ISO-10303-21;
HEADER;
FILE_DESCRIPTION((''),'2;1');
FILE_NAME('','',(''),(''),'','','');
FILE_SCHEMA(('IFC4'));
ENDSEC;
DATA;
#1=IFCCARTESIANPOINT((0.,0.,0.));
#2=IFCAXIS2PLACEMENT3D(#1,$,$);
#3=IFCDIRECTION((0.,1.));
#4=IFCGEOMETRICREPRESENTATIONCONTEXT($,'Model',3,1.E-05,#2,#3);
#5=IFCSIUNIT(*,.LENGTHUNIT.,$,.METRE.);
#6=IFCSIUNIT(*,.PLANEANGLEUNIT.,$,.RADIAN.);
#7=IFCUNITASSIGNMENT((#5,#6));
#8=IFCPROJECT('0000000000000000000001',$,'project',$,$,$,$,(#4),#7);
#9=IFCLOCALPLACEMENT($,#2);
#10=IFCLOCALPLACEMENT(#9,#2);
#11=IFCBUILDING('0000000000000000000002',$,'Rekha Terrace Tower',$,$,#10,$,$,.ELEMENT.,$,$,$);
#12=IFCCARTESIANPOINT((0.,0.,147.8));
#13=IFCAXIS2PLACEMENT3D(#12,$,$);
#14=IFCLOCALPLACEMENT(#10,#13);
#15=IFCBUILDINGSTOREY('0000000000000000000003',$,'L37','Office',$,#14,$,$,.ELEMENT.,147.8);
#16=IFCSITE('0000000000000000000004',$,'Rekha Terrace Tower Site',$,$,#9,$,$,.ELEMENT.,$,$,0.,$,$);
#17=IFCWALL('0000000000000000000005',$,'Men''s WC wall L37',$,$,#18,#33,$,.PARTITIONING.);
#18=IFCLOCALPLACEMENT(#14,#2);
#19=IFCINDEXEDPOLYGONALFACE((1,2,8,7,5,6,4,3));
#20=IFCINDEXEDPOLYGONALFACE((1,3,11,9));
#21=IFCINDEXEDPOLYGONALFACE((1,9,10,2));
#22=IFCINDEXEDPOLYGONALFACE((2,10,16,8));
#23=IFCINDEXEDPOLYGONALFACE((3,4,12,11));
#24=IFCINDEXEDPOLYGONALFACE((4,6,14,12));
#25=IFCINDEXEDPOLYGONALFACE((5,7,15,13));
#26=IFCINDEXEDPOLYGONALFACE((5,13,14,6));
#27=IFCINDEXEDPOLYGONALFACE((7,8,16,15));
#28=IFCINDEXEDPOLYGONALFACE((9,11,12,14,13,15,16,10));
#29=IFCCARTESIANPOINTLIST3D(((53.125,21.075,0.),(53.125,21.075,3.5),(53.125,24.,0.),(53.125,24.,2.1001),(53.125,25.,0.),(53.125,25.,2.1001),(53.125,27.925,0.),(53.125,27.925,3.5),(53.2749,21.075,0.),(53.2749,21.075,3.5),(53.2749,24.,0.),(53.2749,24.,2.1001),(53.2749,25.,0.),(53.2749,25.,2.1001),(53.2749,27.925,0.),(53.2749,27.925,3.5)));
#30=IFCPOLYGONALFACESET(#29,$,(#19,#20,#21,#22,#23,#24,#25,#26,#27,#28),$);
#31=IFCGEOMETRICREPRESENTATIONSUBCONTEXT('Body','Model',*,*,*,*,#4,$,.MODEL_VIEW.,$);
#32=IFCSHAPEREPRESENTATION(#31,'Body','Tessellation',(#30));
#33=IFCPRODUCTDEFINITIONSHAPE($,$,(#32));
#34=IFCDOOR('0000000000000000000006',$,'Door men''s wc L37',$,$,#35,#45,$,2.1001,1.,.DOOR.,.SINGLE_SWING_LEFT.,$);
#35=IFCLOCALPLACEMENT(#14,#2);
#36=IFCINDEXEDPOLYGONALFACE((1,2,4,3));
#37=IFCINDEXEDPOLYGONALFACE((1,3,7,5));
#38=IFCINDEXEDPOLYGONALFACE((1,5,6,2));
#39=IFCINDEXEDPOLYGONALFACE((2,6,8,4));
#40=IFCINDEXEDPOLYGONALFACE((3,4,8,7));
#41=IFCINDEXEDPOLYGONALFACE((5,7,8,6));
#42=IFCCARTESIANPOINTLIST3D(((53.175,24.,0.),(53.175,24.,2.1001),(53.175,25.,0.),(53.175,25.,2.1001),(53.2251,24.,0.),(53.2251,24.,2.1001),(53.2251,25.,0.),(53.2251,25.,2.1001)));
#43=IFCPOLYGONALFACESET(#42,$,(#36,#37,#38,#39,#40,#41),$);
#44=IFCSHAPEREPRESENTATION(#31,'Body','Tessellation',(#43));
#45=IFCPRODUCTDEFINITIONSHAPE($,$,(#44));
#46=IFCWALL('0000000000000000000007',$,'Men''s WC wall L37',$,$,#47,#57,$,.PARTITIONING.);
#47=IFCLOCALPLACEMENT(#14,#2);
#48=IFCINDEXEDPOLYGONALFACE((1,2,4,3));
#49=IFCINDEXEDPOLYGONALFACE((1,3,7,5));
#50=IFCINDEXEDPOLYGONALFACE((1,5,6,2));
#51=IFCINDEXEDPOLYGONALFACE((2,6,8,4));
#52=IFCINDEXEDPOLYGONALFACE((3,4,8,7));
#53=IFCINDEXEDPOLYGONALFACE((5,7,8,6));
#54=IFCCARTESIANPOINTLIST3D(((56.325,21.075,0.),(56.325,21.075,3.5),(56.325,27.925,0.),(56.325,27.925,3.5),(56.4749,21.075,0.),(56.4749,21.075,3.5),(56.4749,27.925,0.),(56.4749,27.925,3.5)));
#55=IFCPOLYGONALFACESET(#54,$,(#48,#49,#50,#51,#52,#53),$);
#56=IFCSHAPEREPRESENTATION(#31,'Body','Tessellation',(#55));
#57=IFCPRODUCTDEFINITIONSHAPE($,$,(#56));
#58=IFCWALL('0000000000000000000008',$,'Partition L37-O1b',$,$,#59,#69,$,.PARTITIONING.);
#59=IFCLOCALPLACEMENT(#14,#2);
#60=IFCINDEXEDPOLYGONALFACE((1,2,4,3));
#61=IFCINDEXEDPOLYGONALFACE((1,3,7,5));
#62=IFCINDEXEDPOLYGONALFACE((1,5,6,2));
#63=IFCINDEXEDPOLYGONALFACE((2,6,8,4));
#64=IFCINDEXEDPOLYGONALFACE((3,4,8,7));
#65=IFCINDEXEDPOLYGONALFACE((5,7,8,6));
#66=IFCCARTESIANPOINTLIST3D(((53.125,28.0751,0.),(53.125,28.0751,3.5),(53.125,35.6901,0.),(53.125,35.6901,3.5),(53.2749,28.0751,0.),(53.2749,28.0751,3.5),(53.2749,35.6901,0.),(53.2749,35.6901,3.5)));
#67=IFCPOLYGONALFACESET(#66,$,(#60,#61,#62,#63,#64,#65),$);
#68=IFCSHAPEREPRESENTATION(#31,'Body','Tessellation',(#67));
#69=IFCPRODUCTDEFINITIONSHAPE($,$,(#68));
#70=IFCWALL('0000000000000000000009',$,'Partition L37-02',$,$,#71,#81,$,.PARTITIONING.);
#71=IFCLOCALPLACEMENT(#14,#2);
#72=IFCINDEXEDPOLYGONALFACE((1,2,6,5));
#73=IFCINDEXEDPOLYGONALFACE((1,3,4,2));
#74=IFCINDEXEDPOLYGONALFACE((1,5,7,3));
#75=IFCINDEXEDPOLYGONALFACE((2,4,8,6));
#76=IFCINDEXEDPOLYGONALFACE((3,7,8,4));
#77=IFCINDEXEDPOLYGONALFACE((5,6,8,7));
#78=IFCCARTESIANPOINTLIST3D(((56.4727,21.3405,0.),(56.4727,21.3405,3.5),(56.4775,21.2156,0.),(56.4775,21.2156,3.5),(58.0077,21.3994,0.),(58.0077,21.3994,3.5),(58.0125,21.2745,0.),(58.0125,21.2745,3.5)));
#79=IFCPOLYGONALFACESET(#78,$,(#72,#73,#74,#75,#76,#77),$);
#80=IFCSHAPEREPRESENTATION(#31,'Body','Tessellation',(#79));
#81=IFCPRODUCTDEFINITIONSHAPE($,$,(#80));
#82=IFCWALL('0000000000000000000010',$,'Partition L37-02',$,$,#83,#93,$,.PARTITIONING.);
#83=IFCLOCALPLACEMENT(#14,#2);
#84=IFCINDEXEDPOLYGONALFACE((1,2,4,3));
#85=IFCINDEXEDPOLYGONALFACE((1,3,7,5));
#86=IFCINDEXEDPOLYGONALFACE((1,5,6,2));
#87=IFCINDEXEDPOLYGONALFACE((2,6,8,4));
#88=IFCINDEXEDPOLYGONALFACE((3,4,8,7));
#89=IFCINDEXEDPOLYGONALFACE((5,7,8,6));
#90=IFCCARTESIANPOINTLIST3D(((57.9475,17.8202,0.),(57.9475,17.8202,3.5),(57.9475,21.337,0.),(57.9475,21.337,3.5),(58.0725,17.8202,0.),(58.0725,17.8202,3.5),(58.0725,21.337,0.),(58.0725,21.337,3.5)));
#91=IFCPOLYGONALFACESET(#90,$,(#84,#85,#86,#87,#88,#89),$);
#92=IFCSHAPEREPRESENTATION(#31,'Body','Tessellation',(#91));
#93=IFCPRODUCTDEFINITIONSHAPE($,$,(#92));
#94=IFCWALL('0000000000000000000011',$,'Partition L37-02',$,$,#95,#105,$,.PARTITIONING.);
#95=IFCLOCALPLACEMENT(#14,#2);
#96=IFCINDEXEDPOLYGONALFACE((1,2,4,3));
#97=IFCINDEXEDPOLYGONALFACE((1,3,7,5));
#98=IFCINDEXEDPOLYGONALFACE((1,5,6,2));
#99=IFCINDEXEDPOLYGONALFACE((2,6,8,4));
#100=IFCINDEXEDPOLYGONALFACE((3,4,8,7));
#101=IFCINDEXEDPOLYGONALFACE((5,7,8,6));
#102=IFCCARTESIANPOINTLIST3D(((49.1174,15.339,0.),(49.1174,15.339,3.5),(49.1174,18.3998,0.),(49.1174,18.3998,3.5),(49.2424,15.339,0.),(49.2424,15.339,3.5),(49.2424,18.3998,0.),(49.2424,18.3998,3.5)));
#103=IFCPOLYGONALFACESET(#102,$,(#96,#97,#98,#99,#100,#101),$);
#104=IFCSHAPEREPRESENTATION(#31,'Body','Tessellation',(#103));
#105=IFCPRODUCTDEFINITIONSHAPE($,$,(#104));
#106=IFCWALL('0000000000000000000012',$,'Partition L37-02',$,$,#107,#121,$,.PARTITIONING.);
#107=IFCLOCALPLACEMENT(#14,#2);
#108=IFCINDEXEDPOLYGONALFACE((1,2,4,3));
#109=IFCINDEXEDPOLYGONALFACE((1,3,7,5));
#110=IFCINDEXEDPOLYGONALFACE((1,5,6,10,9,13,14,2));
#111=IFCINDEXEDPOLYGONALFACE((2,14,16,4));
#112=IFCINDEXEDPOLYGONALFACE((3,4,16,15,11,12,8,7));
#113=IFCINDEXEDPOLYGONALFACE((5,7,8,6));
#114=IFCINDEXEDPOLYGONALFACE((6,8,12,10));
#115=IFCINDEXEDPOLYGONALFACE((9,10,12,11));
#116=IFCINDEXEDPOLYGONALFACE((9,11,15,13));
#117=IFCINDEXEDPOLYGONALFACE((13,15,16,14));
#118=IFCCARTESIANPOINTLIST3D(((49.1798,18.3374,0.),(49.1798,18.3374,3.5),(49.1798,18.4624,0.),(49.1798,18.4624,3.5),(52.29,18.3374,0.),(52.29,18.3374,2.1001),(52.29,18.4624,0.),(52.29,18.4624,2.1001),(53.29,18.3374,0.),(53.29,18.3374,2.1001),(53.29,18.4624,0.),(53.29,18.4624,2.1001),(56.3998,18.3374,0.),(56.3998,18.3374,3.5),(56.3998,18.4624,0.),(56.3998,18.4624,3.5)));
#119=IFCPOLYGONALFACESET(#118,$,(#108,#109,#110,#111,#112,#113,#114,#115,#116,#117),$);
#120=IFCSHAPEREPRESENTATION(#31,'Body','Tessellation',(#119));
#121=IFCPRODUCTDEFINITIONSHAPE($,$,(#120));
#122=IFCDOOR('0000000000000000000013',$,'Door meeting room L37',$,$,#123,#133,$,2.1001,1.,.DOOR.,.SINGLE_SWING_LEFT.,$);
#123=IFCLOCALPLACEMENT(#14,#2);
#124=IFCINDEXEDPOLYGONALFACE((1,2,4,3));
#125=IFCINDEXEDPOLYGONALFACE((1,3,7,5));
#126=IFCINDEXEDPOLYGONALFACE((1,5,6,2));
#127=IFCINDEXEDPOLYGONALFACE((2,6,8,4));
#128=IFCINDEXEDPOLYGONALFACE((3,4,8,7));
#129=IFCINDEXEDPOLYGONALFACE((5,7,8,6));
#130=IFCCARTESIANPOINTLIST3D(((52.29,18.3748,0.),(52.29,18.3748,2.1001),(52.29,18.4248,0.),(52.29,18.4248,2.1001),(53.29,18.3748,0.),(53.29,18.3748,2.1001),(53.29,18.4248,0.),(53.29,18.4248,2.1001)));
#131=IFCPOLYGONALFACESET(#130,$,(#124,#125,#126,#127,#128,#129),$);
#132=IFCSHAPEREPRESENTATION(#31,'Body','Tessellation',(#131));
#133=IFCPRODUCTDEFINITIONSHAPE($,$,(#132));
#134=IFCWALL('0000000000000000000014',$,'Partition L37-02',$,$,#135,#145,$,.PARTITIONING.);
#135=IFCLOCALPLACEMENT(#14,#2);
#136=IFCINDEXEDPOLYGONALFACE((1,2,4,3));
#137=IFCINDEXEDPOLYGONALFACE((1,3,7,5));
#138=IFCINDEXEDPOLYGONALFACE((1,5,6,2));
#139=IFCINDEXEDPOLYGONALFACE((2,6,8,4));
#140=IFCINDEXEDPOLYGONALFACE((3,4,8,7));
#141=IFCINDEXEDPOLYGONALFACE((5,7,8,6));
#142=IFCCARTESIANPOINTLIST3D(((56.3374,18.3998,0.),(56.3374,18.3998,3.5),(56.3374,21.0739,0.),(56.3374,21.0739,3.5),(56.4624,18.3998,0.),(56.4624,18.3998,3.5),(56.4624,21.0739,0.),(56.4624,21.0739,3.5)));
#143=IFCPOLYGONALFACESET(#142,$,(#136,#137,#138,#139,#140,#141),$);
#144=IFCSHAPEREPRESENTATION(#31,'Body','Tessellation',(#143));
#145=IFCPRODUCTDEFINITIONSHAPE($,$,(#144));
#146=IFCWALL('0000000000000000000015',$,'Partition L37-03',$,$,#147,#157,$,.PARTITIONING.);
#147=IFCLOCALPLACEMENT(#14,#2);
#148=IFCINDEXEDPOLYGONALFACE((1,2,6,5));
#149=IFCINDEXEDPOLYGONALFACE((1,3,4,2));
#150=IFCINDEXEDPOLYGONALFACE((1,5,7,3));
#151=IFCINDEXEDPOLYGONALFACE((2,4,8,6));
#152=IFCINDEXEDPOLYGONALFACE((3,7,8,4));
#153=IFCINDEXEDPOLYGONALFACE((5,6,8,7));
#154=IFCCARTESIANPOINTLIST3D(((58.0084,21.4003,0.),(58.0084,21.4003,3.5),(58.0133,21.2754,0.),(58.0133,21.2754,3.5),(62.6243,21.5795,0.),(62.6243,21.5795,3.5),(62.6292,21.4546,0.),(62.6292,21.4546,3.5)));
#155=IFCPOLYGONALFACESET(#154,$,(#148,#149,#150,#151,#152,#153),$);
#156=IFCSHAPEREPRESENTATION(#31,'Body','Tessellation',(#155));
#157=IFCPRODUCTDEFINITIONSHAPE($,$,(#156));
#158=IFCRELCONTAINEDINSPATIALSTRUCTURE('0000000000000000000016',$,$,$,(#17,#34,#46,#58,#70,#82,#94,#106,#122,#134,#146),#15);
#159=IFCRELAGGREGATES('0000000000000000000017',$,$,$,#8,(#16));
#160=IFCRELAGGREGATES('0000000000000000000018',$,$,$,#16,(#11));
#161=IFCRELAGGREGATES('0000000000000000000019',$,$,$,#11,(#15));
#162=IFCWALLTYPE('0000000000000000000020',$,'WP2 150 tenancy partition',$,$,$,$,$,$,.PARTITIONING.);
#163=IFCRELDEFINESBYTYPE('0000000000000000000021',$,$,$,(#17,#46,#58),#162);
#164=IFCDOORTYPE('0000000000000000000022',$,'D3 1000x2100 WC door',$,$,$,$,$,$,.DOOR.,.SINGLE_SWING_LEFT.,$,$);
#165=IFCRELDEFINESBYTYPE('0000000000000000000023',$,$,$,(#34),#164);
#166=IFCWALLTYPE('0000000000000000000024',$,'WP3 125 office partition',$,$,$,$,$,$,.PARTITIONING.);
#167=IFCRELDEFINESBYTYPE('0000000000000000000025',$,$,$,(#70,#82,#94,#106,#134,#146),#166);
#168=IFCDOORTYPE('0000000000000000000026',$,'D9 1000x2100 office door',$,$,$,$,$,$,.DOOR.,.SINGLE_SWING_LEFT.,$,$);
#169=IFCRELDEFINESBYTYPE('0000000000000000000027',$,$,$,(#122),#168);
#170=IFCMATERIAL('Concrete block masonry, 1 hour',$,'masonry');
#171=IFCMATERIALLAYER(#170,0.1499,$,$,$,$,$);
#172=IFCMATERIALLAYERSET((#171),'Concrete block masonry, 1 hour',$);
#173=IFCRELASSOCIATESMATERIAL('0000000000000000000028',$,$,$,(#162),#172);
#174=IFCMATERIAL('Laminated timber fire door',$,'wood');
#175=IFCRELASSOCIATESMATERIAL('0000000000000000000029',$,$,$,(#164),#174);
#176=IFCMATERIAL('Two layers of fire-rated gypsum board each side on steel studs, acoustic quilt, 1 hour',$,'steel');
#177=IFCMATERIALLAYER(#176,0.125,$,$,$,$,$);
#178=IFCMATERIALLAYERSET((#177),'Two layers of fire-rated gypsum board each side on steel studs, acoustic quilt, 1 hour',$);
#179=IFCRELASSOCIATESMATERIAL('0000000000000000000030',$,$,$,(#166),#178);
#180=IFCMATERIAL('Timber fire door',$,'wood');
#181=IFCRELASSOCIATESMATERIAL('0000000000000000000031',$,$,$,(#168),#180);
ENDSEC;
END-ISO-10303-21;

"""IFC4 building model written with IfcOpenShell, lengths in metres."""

from ifc_helpers import new_model, si_unit, direction, frame, frame_2d, origin, place, context, subcontext, project, spatial, rectangle, extrude, material, layer, layer_set, type_object, element, fill, save


model = new_model("IFC4")

# Units and contexts
model_context = context("Model", 3, precision=1e-05, world=origin(), true_north=direction((0.0, 1.0)))
body_context = subcontext(model_context, "Body", "Model", "MODEL_VIEW")
ifc_project = project(units=[si_unit("LENGTHUNIT", "METRE"), si_unit("PLANEANGLEUNIT", "RADIAN")], contexts=[model_context])

# Site, building, storey
site_placement = place(None, origin())
site = spatial("IfcSite", under=ifc_project, at=site_placement, Name="Rekha Terrace Tower Site", CompositionType="ELEMENT", RefElevation=0.0)
building_placement = place(site_placement, origin())
building = spatial("IfcBuilding", under=site, at=building_placement, Name="Rekha Terrace Tower", CompositionType="ELEMENT")
storey_placement = place(building_placement, frame((0.0, 0.0, 147.8)))
storey = spatial("IfcBuildingStorey", under=building, at=storey_placement, Name="L37", Description="Office", CompositionType="ELEMENT", Elevation=147.8)

# Shared definitions
ifc_material_1 = material(Name="Concrete block masonry, 1 hour", Category="masonry")
ifc_layer_1 = layer(ifc_material_1, 0.1499)
ifc_layer_set_1 = layer_set([ifc_layer_1], Name="Concrete block masonry, 1 hour")
wall_type_1 = type_object("IfcWallType", Name="WP2 150 tenancy partition", PredefinedType="PARTITIONING", material=ifc_layer_set_1)

# Wall, opening, door
wall_1_placement = place(storey_placement, frame((53.2, 21.075, 0.0), z_axis=(0.0, 0.0, 1.0), x_axis=(0.0, 1.0, 0.0)))
wall_1 = element("IfcWall", 1, at=wall_1_placement, inside=storey, type_object=wall_type_1, Name="Men's WC wall L37", PredefinedType="PARTITIONING", context=body_context, shape_type="SweptSolid", body=[
    extrude(rectangle(XDim=6.8501, YDim=0.1499, at=frame_2d((3.425, 0.0))), origin(), (0.0, 0.0, 1.0), 3.5),
])
opening_1_placement = place(wall_1_placement, frame((2.925, 0.0, 0.0)))
opening_1 = element("IfcOpeningElement", 2, at=opening_1_placement, cuts=wall_1, PredefinedType="OPENING", context=body_context, shape_type="SweptSolid", body=[
    extrude(rectangle(XDim=1.0, YDim=2.1001, at=frame_2d((0.5, 1.05))), frame((0.0, 0.085, 0.0), z_axis=(0.0, -1.0, 0.0), x_axis=(1.0, 0.0, 0.0)), (0.0, 0.0, 1.0), 0.1699),
])
ifc_material_2 = material(Name="Laminated timber fire door", Category="wood")
door_type_1 = type_object("IfcDoorType", Name="D3 1000x2100 WC door", OperationType="SINGLE_SWING_LEFT", PredefinedType="DOOR", material=ifc_material_2)
door_1_placement = place(opening_1_placement, origin())
door_1 = element("IfcDoor", 3, at=door_1_placement, inside=storey, type_object=door_type_1, Name="Door men's wc L37", OperationType="SINGLE_SWING_LEFT", OverallHeight=2.1001, OverallWidth=1.0, PredefinedType="DOOR", context=body_context, shape_type="SweptSolid", body=[
    extrude(rectangle(XDim=1.0, YDim=2.1001, at=frame_2d((0.5, 1.05))), frame((0.0, 0.0249, 0.0), z_axis=(0.0, -1.0, 0.0), x_axis=(1.0, 0.0, 0.0)), (0.0, 0.0, 1.0), 0.05),
])
fill(opening_1, door_1)

# Walls
wall_2_placement = place(storey_placement, frame((56.3999, 21.075, 0.0), z_axis=(0.0, 0.0, 1.0), x_axis=(0.0, 1.0, 0.0)))
element("IfcWall", 4, at=wall_2_placement, inside=storey, type_object=wall_type_1, Name="Men's WC wall L37", PredefinedType="PARTITIONING", context=body_context, shape_type="SweptSolid", body=[
    extrude(rectangle(XDim=6.8501, YDim=0.1499, at=frame_2d((3.425, 0.0))), origin(), (0.0, 0.0, 1.0), 3.5),
])
wall_3_placement = place(storey_placement, frame((53.2, 28.075, 0.0), z_axis=(0.0, 0.0, 1.0), x_axis=(0.0, 1.0, 0.0)))
element("IfcWall", 5, at=wall_3_placement, inside=storey, type_object=wall_type_1, Name="Partition L37-O1b", PredefinedType="PARTITIONING", context=body_context, shape_type="SweptSolid", body=[
    extrude(rectangle(XDim=7.615, YDim=0.1499, at=frame_2d((3.8076, 0.0))), origin(), (0.0, 0.0, 1.0), 3.5),
])
ifc_material_3 = material(Name="Two layers of fire-rated gypsum board each side on steel studs, acoustic quilt, 1 hour", Category="steel")
ifc_layer_2 = layer(ifc_material_3, 0.125)
ifc_layer_set_2 = layer_set([ifc_layer_2], Name="Two layers of fire-rated gypsum board each side on steel studs, acoustic quilt, 1 hour")
wall_type_2 = type_object("IfcWallType", Name="WP3 125 office partition", PredefinedType="PARTITIONING", material=ifc_layer_set_2)
wall_4_placement = place(storey_placement, frame((56.4751, 21.2781, 0.0), z_axis=(0.0, 0.0, 1.0), x_axis=(0.999266, 0.038305, 0.0)))
element("IfcWall", 6, at=wall_4_placement, inside=storey, type_object=wall_type_2, Name="Partition L37-02", PredefinedType="PARTITIONING", context=body_context, shape_type="SweptSolid", body=[
    extrude(rectangle(XDim=1.5361, YDim=0.125, at=frame_2d((0.7681, 0.0))), origin(), (0.0, 0.0, 1.0), 3.5),
])
wall_5_placement = place(storey_placement, frame((58.01, 21.3369, 0.0), z_axis=(0.0, 0.0, 1.0), x_axis=(0.0, -1.0, 0.0)))
element("IfcWall", 7, at=wall_5_placement, inside=storey, type_object=wall_type_2, Name="Partition L37-02", PredefinedType="PARTITIONING", context=body_context, shape_type="SweptSolid", body=[
    extrude(rectangle(XDim=3.5168, YDim=0.125, at=frame_2d((1.7583, 0.0))), origin(), (0.0, 0.0, 1.0), 3.5),
])
wall_6_placement = place(storey_placement, frame((49.1799, 15.3391, 0.0), z_axis=(0.0, 0.0, 1.0), x_axis=(0.0, 1.0, 0.0)))
element("IfcWall", 8, at=wall_6_placement, inside=storey, type_object=wall_type_2, Name="Partition L37-02", PredefinedType="PARTITIONING", context=body_context, shape_type="SweptSolid", body=[
    extrude(rectangle(XDim=3.0608, YDim=0.125, at=frame_2d((1.5303, 0.0))), origin(), (0.0, 0.0, 1.0), 3.5),
])

# Wall, opening, door
wall_7_placement = place(storey_placement, frame((49.1799, 18.3999, 0.0), z_axis=(0.0, 0.0, 1.0), x_axis=(1.0, 0.0, 0.0)))
wall_7 = element("IfcWall", 9, at=wall_7_placement, inside=storey, type_object=wall_type_2, Name="Partition L37-02", PredefinedType="PARTITIONING", context=body_context, shape_type="SweptSolid", body=[
    extrude(rectangle(XDim=7.22, YDim=0.125, at=frame_2d((3.6099, 0.0))), origin(), (0.0, 0.0, 1.0), 3.5),
])
opening_2_placement = place(wall_7_placement, frame((3.1101, 0.0, 0.0)))
opening_2 = element("IfcOpeningElement", 10, at=opening_2_placement, cuts=wall_7, PredefinedType="OPENING", context=body_context, shape_type="SweptSolid", body=[
    extrude(rectangle(XDim=1.0, YDim=2.1001, at=frame_2d((0.5, 1.05))), frame((0.0, 0.0725, 0.0), z_axis=(0.0, -1.0, 0.0), x_axis=(1.0, 0.0, 0.0)), (0.0, 0.0, 1.0), 0.145),
])
ifc_material_4 = material(Name="Timber fire door", Category="wood")
door_type_2 = type_object("IfcDoorType", Name="D9 1000x2100 office door", OperationType="SINGLE_SWING_LEFT", PredefinedType="DOOR", material=ifc_material_4)
door_2_placement = place(opening_2_placement, origin())
door_2 = element("IfcDoor", 11, at=door_2_placement, inside=storey, type_object=door_type_2, Name="Door meeting room L37", OperationType="SINGLE_SWING_LEFT", OverallHeight=2.1001, OverallWidth=1.0, PredefinedType="DOOR", context=body_context, shape_type="SweptSolid", body=[
    extrude(rectangle(XDim=1.0, YDim=2.1001, at=frame_2d((0.5, 1.05))), frame((0.0, 0.0249, 0.0), z_axis=(0.0, -1.0, 0.0), x_axis=(1.0, 0.0, 0.0)), (0.0, 0.0, 1.0), 0.05),
])
fill(opening_2, door_2)

# Walls
wall_8_placement = place(storey_placement, frame((56.3999, 18.3999, 0.0), z_axis=(0.0, 0.0, 1.0), x_axis=(0.0, 1.0, 0.0)))
element("IfcWall", 12, at=wall_8_placement, inside=storey, type_object=wall_type_2, Name="Partition L37-02", PredefinedType="PARTITIONING", context=body_context, shape_type="SweptSolid", body=[
    extrude(rectangle(XDim=2.6741, YDim=0.125, at=frame_2d((1.3369, 0.0))), origin(), (0.0, 0.0, 1.0), 3.5),
])
wall_9_placement = place(storey_placement, frame((58.011, 21.3379, 0.0), z_axis=(0.0, 0.0, 1.0), x_axis=(0.999247, 0.038792, 0.0)))
element("IfcWall", 13, at=wall_9_placement, inside=storey, type_object=wall_type_2, Name="Partition L37-03", PredefinedType="PARTITIONING", context=body_context, shape_type="SweptSolid", body=[
    extrude(rectangle(XDim=4.6194, YDim=0.125, at=frame_2d((2.3096, 0.0))), origin(), (0.0, 0.0, 1.0), 3.5),
])

save(model, "model.ifc")
